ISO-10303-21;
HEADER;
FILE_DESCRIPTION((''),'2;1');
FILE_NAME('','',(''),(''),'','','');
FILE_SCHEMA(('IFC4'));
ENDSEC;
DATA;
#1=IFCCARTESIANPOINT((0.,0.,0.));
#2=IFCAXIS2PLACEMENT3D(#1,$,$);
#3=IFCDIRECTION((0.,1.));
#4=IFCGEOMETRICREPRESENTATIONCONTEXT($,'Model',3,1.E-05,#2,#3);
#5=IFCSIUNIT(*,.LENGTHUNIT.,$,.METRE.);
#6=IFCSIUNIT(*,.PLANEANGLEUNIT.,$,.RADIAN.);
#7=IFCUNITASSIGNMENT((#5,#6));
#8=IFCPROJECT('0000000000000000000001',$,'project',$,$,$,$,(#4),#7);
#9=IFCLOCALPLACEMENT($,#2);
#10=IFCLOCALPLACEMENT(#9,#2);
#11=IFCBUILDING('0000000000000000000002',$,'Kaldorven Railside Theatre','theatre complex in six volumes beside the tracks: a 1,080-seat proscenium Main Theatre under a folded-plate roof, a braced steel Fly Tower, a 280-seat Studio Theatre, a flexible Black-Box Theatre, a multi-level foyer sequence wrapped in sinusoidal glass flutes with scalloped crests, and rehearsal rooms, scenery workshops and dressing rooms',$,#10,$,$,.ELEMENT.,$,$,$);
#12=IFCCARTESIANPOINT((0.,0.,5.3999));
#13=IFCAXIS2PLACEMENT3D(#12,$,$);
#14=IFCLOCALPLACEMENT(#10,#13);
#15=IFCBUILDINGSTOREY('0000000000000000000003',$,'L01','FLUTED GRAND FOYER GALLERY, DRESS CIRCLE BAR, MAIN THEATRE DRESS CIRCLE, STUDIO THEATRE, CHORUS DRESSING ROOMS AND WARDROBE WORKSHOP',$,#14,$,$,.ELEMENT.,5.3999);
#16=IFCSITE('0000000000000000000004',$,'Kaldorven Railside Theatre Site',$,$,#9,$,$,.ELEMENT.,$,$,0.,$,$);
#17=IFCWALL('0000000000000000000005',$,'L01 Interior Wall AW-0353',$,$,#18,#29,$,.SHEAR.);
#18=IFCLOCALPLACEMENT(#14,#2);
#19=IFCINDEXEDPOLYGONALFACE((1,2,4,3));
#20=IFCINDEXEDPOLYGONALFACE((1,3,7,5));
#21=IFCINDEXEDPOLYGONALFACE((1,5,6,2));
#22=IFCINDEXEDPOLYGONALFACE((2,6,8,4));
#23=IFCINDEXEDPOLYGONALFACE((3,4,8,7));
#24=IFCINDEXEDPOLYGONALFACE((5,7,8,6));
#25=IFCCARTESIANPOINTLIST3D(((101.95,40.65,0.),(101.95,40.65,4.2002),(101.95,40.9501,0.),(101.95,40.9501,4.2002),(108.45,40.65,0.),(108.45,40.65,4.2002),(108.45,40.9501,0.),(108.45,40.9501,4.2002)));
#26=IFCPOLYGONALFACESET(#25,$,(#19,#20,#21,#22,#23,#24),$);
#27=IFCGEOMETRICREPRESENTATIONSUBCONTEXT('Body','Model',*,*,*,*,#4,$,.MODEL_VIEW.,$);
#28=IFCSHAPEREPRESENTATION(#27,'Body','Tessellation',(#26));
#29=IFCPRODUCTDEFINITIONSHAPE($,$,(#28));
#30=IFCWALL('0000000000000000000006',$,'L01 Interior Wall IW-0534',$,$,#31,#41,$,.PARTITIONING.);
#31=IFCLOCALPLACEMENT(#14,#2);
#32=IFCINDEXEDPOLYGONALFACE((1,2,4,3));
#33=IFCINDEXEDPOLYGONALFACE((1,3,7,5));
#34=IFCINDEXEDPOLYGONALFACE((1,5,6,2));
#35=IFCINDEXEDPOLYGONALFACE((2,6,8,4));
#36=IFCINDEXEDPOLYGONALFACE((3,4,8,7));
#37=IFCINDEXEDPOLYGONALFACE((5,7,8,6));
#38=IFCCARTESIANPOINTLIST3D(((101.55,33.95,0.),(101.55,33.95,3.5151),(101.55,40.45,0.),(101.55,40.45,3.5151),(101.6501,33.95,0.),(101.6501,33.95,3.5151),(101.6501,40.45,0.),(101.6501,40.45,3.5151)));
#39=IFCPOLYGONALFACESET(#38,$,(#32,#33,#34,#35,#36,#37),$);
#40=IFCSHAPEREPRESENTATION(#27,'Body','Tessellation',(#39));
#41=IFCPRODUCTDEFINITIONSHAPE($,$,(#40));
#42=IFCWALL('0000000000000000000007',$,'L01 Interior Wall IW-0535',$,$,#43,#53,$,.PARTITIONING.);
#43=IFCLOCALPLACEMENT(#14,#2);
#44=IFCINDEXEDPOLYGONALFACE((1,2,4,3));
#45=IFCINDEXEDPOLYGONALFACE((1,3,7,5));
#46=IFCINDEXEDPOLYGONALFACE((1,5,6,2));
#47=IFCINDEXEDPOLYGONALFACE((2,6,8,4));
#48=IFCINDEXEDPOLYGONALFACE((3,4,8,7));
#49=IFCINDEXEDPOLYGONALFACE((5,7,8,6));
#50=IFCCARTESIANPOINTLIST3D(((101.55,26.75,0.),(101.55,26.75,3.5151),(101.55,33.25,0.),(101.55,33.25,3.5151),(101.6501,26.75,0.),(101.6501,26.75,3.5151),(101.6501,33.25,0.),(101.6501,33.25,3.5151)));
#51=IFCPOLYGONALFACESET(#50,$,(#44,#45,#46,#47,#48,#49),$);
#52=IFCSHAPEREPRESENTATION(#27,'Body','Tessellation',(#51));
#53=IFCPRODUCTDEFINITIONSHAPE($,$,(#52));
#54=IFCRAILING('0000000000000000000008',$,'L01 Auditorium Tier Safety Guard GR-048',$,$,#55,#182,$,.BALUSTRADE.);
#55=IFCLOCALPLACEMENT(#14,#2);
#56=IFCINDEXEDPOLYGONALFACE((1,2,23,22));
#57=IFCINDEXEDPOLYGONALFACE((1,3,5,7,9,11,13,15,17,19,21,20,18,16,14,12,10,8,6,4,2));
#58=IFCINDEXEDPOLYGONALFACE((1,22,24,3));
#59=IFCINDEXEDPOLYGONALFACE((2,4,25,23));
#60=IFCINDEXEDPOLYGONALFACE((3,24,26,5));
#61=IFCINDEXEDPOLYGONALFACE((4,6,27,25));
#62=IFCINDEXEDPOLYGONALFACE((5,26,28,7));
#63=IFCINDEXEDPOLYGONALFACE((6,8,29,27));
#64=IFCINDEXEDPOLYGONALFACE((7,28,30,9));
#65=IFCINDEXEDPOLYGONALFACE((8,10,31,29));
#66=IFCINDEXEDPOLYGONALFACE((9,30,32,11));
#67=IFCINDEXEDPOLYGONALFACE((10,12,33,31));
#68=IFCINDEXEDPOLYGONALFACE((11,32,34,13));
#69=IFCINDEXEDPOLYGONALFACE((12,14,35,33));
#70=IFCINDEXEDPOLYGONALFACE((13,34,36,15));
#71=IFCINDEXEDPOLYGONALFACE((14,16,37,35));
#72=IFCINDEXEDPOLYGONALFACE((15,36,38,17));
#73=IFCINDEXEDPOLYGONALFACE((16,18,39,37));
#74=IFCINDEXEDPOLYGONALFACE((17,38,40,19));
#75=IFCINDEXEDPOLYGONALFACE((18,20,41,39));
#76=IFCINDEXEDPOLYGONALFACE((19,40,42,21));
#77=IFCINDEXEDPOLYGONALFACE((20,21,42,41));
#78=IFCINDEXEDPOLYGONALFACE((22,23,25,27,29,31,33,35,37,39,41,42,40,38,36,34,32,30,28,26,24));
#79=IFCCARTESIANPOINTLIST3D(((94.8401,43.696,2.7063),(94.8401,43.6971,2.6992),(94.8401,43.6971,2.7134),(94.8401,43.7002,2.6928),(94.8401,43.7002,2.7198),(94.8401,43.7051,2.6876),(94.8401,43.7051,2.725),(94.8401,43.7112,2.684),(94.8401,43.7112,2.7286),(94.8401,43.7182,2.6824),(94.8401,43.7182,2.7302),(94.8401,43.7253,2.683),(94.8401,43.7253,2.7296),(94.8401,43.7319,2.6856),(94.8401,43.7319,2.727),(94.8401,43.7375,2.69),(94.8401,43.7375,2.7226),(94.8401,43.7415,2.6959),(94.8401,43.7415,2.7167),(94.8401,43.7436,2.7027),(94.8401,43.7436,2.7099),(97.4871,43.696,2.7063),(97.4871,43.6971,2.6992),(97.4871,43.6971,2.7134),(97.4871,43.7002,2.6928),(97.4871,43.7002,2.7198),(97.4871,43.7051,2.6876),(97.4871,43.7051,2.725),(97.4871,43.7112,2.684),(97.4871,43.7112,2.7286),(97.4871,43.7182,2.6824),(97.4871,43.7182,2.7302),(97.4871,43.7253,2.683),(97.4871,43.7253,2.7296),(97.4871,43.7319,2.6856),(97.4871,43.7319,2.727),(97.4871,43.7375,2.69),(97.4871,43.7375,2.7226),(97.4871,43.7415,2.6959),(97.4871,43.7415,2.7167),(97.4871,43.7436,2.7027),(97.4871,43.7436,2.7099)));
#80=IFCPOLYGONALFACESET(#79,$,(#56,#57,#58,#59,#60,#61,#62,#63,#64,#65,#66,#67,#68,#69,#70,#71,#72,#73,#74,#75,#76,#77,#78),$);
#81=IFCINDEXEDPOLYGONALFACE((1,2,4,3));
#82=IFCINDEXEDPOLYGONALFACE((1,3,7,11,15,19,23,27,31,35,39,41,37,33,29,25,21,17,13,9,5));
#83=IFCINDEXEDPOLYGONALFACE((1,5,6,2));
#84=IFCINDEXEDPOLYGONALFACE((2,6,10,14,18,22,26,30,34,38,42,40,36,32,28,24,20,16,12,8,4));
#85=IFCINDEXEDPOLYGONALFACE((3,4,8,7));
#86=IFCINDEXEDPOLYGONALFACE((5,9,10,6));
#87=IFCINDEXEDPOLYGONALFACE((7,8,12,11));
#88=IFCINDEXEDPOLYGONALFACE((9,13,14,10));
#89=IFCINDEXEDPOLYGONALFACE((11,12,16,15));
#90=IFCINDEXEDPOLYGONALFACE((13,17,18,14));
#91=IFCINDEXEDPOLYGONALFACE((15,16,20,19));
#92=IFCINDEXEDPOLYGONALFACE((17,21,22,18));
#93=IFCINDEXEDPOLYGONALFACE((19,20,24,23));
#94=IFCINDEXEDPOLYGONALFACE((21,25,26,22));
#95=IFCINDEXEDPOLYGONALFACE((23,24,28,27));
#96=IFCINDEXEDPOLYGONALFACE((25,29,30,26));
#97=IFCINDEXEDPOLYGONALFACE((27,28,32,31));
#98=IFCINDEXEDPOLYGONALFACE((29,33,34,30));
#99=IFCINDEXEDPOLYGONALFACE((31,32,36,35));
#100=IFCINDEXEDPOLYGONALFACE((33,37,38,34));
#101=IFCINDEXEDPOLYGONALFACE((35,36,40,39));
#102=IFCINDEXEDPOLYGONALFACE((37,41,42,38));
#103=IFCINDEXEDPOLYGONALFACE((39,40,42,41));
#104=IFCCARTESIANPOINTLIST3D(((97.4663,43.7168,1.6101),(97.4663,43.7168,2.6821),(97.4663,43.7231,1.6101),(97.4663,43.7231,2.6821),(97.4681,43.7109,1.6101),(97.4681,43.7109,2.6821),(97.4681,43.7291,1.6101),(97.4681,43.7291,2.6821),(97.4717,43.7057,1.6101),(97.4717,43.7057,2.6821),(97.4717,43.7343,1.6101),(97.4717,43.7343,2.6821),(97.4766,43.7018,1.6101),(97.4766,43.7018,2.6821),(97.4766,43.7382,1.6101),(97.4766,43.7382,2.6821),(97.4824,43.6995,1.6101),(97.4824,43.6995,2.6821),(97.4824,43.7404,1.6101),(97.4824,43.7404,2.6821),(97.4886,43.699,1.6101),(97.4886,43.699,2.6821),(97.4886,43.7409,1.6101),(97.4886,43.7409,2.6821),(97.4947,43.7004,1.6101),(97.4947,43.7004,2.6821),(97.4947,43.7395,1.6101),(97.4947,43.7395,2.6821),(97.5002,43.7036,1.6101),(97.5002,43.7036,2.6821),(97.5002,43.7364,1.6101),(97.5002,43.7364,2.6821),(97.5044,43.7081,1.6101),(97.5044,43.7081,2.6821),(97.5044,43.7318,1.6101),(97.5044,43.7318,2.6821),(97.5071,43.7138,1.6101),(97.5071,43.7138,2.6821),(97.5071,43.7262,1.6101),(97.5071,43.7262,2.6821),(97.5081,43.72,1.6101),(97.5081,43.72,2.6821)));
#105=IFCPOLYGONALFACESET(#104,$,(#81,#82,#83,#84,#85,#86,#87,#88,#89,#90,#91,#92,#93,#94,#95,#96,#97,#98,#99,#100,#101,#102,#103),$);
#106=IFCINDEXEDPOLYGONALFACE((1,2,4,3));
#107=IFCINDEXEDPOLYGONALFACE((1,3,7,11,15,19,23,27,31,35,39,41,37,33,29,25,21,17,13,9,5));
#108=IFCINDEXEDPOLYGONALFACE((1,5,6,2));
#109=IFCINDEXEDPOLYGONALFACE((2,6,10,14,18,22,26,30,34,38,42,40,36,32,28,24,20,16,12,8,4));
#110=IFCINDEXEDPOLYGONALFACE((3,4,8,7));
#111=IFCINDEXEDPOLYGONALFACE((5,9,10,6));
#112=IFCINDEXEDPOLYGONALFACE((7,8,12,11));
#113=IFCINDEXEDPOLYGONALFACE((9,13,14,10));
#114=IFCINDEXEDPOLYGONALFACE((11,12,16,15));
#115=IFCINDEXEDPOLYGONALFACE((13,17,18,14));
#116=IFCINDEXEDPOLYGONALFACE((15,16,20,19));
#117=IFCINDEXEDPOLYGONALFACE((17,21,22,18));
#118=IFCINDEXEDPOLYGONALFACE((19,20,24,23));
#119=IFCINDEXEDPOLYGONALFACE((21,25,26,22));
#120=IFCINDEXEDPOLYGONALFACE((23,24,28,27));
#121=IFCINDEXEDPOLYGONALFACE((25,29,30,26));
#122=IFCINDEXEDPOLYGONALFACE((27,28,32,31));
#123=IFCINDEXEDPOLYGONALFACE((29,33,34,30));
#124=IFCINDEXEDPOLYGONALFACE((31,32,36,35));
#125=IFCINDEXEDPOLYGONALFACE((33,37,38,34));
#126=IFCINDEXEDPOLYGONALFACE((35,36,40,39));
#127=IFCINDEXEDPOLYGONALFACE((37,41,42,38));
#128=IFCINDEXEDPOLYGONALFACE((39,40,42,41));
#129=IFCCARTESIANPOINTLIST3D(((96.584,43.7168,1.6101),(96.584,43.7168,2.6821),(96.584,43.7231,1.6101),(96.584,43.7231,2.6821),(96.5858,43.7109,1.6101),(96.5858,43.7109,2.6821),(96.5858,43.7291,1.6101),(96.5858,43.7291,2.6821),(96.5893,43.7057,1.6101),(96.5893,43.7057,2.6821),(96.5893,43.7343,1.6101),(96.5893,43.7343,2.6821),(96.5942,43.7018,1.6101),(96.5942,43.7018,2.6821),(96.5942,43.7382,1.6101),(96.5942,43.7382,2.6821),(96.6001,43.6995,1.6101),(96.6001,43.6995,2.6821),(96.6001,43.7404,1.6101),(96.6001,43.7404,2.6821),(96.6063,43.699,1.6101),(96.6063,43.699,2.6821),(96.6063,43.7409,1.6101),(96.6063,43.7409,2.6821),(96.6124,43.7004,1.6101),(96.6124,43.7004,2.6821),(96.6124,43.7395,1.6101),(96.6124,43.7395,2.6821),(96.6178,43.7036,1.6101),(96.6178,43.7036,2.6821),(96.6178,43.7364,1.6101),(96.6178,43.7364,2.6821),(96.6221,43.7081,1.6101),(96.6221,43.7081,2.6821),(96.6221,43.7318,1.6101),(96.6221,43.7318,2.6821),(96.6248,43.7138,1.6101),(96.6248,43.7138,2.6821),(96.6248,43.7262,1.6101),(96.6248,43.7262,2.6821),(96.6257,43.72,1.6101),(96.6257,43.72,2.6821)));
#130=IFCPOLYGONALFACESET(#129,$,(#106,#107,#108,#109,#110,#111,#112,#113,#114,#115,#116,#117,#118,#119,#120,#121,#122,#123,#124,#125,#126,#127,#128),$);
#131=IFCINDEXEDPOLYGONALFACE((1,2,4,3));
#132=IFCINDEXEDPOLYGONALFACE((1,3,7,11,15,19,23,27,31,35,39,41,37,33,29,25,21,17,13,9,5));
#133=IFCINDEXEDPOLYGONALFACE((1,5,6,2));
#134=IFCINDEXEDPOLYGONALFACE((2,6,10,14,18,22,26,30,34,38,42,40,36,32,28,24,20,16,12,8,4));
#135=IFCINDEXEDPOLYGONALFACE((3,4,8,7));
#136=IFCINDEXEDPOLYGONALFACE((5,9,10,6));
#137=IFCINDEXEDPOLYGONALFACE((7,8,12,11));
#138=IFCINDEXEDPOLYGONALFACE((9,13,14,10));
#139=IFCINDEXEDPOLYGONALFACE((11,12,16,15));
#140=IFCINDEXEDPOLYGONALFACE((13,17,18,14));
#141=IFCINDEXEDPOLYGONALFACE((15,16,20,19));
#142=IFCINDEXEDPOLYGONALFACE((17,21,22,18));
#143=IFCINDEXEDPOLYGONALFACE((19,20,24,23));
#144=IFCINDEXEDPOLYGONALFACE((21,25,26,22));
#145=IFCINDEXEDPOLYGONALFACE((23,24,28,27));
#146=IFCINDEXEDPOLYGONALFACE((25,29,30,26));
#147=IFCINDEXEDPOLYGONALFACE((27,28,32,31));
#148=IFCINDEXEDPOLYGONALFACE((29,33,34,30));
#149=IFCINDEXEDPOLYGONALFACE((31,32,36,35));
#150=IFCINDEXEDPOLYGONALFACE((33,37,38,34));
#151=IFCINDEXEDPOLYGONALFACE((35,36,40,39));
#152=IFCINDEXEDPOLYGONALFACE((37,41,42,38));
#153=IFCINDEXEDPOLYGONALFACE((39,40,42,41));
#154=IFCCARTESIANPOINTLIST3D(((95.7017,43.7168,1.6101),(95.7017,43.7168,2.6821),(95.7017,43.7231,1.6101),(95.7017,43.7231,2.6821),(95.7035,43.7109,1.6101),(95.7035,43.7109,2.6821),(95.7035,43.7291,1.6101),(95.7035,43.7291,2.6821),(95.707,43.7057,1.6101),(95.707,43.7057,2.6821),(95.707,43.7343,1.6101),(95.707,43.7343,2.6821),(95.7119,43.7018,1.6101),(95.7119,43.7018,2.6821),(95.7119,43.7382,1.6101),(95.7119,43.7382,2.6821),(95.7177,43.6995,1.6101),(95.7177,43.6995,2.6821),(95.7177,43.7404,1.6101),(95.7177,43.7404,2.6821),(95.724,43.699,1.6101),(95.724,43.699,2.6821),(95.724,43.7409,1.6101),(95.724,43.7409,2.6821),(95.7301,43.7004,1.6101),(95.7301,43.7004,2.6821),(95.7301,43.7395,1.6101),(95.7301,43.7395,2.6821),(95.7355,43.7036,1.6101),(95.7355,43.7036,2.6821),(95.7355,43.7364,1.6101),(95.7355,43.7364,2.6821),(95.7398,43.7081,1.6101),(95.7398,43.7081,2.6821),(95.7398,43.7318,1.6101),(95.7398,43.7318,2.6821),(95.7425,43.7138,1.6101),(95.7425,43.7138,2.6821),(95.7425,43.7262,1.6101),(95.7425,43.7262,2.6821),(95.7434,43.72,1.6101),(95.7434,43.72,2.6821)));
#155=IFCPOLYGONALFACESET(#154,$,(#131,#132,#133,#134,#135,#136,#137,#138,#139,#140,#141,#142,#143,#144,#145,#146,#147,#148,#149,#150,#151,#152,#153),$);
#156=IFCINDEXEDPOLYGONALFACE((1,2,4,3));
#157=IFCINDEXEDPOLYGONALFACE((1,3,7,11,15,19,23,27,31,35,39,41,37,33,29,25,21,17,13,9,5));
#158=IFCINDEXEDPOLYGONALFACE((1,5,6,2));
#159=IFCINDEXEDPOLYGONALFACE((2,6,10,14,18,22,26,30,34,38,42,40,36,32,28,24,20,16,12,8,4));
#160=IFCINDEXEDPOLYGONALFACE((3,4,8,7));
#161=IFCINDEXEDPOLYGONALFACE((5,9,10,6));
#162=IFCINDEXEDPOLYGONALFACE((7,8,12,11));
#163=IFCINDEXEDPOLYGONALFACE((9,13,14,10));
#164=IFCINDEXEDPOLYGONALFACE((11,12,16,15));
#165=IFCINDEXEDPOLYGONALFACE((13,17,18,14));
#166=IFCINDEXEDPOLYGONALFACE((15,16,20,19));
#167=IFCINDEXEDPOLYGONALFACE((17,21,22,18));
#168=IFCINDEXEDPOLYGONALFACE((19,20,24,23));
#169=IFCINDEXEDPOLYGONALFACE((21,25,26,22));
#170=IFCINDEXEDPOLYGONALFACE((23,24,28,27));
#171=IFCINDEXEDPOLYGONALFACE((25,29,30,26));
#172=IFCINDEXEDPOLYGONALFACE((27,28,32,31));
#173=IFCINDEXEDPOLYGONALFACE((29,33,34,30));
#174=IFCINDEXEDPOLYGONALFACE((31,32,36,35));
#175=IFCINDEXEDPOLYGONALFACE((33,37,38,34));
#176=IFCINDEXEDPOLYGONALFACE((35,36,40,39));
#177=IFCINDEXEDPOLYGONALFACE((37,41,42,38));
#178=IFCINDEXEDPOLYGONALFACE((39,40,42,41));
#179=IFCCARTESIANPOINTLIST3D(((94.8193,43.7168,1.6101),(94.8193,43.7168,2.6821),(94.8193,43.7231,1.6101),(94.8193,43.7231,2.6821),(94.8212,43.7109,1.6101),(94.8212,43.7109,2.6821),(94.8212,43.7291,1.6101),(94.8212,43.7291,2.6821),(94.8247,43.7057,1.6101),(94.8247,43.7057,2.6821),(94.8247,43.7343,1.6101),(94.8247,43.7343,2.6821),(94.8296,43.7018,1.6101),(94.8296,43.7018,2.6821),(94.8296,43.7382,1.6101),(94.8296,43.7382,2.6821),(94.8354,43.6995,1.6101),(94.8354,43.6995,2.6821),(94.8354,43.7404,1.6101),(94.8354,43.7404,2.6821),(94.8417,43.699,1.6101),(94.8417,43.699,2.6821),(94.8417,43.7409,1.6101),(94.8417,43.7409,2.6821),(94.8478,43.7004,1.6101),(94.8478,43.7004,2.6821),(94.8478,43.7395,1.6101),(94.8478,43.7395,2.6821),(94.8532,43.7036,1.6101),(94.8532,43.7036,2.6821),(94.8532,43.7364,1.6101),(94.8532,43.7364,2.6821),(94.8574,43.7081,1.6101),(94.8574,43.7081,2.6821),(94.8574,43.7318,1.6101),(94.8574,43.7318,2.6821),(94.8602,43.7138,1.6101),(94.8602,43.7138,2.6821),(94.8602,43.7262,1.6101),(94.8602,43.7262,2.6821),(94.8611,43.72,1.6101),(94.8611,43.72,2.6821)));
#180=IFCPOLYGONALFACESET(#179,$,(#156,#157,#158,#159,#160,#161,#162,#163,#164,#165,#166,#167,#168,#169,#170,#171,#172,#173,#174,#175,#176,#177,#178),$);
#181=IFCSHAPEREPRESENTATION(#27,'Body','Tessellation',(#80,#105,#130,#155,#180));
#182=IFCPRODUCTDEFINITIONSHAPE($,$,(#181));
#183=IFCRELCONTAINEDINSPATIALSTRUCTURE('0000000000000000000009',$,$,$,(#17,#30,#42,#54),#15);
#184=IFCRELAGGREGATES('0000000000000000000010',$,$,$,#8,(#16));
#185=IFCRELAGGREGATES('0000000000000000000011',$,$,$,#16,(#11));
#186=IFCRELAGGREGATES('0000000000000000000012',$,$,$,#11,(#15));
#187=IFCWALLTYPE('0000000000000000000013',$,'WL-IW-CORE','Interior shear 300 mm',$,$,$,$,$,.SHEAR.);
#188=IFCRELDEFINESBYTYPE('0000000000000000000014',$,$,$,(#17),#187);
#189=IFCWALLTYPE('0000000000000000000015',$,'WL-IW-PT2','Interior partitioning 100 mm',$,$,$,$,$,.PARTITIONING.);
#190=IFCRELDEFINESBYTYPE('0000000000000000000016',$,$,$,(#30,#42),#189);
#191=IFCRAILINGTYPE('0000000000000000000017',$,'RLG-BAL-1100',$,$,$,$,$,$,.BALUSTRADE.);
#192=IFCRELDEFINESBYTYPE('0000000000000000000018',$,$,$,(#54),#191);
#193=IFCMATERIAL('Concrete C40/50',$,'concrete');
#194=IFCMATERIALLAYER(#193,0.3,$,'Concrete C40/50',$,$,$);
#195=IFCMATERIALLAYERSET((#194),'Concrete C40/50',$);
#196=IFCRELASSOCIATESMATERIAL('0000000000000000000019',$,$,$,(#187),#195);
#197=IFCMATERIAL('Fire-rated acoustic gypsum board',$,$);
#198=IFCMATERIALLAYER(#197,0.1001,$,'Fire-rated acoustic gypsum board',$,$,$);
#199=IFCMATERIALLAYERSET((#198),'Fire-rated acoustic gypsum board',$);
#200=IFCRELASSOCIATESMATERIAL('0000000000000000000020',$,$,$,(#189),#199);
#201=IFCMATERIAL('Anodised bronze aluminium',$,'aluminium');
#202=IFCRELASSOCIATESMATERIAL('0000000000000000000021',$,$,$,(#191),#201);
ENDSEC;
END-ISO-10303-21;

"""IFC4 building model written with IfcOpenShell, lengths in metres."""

from ifc_helpers import new_model, si_unit, direction, frame, frame_2d, origin, origin_2d, place, context, subcontext, project, spatial, rectangle, circle, extrude, material, layer, layer_set, type_object, element, save


model = new_model("IFC4")

# Units and contexts
model_context = context("Model", 3, precision=1e-05, world=origin(), true_north=direction((0.0, 1.0)))
body_context = subcontext(model_context, "Body", "Model", "MODEL_VIEW")
ifc_project = project(units=[si_unit("LENGTHUNIT", "METRE"), si_unit("PLANEANGLEUNIT", "RADIAN")], contexts=[model_context])

# Site, building, storey
site_placement = place(None, origin())
site = spatial("IfcSite", under=ifc_project, at=site_placement, Name="Kaldorven Railside Theatre Site", CompositionType="ELEMENT", RefElevation=0.0)
building_placement = place(site_placement, origin())
building = spatial("IfcBuilding", under=site, at=building_placement, Name="Kaldorven Railside Theatre", Description="theatre complex in six volumes beside the tracks: a 1,080-seat proscenium Main Theatre under a folded-plate roof, a braced steel Fly Tower, a 280-seat Studio Theatre, a flexible Black-Box Theatre, a multi-level foyer sequence wrapped in sinusoidal glass flutes with scalloped crests, and rehearsal rooms, scenery workshops and dressing rooms", CompositionType="ELEMENT")
storey_placement = place(building_placement, frame((0.0, 0.0, 5.3999)))
storey = spatial("IfcBuildingStorey", under=building, at=storey_placement, Name="L01", Description="FLUTED GRAND FOYER GALLERY, DRESS CIRCLE BAR, MAIN THEATRE DRESS CIRCLE, STUDIO THEATRE, CHORUS DRESSING ROOMS AND WARDROBE WORKSHOP", CompositionType="ELEMENT", Elevation=5.3999)

# Shared definitions
ifc_material_1 = material(Name="Concrete C40/50", Category="concrete")

# Walls
ifc_layer_1 = layer(ifc_material_1, 0.3, Name="Concrete C40/50")
ifc_layer_set_1 = layer_set([ifc_layer_1], Name="Concrete C40/50")
wall_type_1 = type_object("IfcWallType", Name="WL-IW-CORE", Description="Interior shear 300 mm", PredefinedType="SHEAR", material=ifc_layer_set_1)
wall_placement = place(storey_placement, frame((101.95, 40.8, 0.0), z_axis=(0.0, 0.0, 1.0), x_axis=(1.0, 0.0, 0.0)))
element("IfcWall", 1, at=wall_placement, inside=storey, type_object=wall_type_1, Name="L01 Interior Wall AW-0353", PredefinedType="SHEAR", context=body_context, shape_type="SweptSolid", body=[
    extrude(rectangle(XDim=6.5, YDim=0.3, at=frame_2d((3.25, 0.0))), origin(), (0.0, 0.0, 1.0), 4.2002),
])
ifc_material_2 = material(Name="Fire-rated acoustic gypsum board")
ifc_layer_2 = layer(ifc_material_2, 0.1001, Name="Fire-rated acoustic gypsum board")
ifc_layer_set_2 = layer_set([ifc_layer_2], Name="Fire-rated acoustic gypsum board")
wall_type_2 = type_object("IfcWallType", Name="WL-IW-PT2", Description="Interior partitioning 100 mm", PredefinedType="PARTITIONING", material=ifc_layer_set_2)
for number, where, z_axis, x_axis, name in (
    (2, (101.6001, 40.45, 0.0), (0.0, 0.0, 1.0), (0.0, -1.0, 0.0), "L01 Interior Wall IW-0534"),
    (3, (101.6001, 33.25, 0.0), (0.0, 0.0, 1.0), (0.0, -1.0, 0.0), "L01 Interior Wall IW-0535"),
):
    element("IfcWall", number, at=place(storey_placement, frame(where, z_axis=z_axis, x_axis=x_axis)), inside=storey, type_object=wall_type_2, Name=name, PredefinedType="PARTITIONING", context=body_context, shape_type="SweptSolid", body=[
        extrude(rectangle(XDim=6.5, YDim=0.1001, at=frame_2d((3.25, 0.0))), origin(), (0.0, 0.0, 1.0), 3.5151),
    ])

# Railing
ifc_material_3 = material(Name="Anodised bronze aluminium", Category="aluminium")
railing_type = type_object("IfcRailingType", Name="RLG-BAL-1100", PredefinedType="BALUSTRADE", material=ifc_material_3)
for number, where, name in (
    (4, (97.4871, 43.72, 1.6101), "L01 Auditorium Tier Safety Guard GR-048"),
):
    element("IfcRailing", number, at=place(storey_placement, frame(where)), inside=storey, type_object=railing_type, Name=name, PredefinedType="BALUSTRADE", context=body_context, shape_type="SweptSolid", body=[
        extrude(circle(Radius=0.0239, at=origin_2d()), frame((0.0, 0.0, 1.0962), z_axis=(-1.0, 0.0, 0.0), x_axis=(0.0, -1.0, 0.0)), (0.0, 0.0, 1.0), 2.647),
        extrude(circle(Radius=0.021, at=origin_2d()), origin(), (0.0, 0.0, 1.0), 1.072),
        extrude(circle(Radius=0.021, at=origin_2d()), frame((-0.8823, 0.0, 0.0)), (0.0, 0.0, 1.0), 1.072),
        extrude(circle(Radius=0.021, at=origin_2d()), frame((-1.7646, 0.0, 0.0)), (0.0, 0.0, 1.0), 1.072),
        extrude(circle(Radius=0.021, at=origin_2d()), frame((-2.647, 0.0, 0.0)), (0.0, 0.0, 1.0), 1.072),
    ])

save(model, "model.ifc")
